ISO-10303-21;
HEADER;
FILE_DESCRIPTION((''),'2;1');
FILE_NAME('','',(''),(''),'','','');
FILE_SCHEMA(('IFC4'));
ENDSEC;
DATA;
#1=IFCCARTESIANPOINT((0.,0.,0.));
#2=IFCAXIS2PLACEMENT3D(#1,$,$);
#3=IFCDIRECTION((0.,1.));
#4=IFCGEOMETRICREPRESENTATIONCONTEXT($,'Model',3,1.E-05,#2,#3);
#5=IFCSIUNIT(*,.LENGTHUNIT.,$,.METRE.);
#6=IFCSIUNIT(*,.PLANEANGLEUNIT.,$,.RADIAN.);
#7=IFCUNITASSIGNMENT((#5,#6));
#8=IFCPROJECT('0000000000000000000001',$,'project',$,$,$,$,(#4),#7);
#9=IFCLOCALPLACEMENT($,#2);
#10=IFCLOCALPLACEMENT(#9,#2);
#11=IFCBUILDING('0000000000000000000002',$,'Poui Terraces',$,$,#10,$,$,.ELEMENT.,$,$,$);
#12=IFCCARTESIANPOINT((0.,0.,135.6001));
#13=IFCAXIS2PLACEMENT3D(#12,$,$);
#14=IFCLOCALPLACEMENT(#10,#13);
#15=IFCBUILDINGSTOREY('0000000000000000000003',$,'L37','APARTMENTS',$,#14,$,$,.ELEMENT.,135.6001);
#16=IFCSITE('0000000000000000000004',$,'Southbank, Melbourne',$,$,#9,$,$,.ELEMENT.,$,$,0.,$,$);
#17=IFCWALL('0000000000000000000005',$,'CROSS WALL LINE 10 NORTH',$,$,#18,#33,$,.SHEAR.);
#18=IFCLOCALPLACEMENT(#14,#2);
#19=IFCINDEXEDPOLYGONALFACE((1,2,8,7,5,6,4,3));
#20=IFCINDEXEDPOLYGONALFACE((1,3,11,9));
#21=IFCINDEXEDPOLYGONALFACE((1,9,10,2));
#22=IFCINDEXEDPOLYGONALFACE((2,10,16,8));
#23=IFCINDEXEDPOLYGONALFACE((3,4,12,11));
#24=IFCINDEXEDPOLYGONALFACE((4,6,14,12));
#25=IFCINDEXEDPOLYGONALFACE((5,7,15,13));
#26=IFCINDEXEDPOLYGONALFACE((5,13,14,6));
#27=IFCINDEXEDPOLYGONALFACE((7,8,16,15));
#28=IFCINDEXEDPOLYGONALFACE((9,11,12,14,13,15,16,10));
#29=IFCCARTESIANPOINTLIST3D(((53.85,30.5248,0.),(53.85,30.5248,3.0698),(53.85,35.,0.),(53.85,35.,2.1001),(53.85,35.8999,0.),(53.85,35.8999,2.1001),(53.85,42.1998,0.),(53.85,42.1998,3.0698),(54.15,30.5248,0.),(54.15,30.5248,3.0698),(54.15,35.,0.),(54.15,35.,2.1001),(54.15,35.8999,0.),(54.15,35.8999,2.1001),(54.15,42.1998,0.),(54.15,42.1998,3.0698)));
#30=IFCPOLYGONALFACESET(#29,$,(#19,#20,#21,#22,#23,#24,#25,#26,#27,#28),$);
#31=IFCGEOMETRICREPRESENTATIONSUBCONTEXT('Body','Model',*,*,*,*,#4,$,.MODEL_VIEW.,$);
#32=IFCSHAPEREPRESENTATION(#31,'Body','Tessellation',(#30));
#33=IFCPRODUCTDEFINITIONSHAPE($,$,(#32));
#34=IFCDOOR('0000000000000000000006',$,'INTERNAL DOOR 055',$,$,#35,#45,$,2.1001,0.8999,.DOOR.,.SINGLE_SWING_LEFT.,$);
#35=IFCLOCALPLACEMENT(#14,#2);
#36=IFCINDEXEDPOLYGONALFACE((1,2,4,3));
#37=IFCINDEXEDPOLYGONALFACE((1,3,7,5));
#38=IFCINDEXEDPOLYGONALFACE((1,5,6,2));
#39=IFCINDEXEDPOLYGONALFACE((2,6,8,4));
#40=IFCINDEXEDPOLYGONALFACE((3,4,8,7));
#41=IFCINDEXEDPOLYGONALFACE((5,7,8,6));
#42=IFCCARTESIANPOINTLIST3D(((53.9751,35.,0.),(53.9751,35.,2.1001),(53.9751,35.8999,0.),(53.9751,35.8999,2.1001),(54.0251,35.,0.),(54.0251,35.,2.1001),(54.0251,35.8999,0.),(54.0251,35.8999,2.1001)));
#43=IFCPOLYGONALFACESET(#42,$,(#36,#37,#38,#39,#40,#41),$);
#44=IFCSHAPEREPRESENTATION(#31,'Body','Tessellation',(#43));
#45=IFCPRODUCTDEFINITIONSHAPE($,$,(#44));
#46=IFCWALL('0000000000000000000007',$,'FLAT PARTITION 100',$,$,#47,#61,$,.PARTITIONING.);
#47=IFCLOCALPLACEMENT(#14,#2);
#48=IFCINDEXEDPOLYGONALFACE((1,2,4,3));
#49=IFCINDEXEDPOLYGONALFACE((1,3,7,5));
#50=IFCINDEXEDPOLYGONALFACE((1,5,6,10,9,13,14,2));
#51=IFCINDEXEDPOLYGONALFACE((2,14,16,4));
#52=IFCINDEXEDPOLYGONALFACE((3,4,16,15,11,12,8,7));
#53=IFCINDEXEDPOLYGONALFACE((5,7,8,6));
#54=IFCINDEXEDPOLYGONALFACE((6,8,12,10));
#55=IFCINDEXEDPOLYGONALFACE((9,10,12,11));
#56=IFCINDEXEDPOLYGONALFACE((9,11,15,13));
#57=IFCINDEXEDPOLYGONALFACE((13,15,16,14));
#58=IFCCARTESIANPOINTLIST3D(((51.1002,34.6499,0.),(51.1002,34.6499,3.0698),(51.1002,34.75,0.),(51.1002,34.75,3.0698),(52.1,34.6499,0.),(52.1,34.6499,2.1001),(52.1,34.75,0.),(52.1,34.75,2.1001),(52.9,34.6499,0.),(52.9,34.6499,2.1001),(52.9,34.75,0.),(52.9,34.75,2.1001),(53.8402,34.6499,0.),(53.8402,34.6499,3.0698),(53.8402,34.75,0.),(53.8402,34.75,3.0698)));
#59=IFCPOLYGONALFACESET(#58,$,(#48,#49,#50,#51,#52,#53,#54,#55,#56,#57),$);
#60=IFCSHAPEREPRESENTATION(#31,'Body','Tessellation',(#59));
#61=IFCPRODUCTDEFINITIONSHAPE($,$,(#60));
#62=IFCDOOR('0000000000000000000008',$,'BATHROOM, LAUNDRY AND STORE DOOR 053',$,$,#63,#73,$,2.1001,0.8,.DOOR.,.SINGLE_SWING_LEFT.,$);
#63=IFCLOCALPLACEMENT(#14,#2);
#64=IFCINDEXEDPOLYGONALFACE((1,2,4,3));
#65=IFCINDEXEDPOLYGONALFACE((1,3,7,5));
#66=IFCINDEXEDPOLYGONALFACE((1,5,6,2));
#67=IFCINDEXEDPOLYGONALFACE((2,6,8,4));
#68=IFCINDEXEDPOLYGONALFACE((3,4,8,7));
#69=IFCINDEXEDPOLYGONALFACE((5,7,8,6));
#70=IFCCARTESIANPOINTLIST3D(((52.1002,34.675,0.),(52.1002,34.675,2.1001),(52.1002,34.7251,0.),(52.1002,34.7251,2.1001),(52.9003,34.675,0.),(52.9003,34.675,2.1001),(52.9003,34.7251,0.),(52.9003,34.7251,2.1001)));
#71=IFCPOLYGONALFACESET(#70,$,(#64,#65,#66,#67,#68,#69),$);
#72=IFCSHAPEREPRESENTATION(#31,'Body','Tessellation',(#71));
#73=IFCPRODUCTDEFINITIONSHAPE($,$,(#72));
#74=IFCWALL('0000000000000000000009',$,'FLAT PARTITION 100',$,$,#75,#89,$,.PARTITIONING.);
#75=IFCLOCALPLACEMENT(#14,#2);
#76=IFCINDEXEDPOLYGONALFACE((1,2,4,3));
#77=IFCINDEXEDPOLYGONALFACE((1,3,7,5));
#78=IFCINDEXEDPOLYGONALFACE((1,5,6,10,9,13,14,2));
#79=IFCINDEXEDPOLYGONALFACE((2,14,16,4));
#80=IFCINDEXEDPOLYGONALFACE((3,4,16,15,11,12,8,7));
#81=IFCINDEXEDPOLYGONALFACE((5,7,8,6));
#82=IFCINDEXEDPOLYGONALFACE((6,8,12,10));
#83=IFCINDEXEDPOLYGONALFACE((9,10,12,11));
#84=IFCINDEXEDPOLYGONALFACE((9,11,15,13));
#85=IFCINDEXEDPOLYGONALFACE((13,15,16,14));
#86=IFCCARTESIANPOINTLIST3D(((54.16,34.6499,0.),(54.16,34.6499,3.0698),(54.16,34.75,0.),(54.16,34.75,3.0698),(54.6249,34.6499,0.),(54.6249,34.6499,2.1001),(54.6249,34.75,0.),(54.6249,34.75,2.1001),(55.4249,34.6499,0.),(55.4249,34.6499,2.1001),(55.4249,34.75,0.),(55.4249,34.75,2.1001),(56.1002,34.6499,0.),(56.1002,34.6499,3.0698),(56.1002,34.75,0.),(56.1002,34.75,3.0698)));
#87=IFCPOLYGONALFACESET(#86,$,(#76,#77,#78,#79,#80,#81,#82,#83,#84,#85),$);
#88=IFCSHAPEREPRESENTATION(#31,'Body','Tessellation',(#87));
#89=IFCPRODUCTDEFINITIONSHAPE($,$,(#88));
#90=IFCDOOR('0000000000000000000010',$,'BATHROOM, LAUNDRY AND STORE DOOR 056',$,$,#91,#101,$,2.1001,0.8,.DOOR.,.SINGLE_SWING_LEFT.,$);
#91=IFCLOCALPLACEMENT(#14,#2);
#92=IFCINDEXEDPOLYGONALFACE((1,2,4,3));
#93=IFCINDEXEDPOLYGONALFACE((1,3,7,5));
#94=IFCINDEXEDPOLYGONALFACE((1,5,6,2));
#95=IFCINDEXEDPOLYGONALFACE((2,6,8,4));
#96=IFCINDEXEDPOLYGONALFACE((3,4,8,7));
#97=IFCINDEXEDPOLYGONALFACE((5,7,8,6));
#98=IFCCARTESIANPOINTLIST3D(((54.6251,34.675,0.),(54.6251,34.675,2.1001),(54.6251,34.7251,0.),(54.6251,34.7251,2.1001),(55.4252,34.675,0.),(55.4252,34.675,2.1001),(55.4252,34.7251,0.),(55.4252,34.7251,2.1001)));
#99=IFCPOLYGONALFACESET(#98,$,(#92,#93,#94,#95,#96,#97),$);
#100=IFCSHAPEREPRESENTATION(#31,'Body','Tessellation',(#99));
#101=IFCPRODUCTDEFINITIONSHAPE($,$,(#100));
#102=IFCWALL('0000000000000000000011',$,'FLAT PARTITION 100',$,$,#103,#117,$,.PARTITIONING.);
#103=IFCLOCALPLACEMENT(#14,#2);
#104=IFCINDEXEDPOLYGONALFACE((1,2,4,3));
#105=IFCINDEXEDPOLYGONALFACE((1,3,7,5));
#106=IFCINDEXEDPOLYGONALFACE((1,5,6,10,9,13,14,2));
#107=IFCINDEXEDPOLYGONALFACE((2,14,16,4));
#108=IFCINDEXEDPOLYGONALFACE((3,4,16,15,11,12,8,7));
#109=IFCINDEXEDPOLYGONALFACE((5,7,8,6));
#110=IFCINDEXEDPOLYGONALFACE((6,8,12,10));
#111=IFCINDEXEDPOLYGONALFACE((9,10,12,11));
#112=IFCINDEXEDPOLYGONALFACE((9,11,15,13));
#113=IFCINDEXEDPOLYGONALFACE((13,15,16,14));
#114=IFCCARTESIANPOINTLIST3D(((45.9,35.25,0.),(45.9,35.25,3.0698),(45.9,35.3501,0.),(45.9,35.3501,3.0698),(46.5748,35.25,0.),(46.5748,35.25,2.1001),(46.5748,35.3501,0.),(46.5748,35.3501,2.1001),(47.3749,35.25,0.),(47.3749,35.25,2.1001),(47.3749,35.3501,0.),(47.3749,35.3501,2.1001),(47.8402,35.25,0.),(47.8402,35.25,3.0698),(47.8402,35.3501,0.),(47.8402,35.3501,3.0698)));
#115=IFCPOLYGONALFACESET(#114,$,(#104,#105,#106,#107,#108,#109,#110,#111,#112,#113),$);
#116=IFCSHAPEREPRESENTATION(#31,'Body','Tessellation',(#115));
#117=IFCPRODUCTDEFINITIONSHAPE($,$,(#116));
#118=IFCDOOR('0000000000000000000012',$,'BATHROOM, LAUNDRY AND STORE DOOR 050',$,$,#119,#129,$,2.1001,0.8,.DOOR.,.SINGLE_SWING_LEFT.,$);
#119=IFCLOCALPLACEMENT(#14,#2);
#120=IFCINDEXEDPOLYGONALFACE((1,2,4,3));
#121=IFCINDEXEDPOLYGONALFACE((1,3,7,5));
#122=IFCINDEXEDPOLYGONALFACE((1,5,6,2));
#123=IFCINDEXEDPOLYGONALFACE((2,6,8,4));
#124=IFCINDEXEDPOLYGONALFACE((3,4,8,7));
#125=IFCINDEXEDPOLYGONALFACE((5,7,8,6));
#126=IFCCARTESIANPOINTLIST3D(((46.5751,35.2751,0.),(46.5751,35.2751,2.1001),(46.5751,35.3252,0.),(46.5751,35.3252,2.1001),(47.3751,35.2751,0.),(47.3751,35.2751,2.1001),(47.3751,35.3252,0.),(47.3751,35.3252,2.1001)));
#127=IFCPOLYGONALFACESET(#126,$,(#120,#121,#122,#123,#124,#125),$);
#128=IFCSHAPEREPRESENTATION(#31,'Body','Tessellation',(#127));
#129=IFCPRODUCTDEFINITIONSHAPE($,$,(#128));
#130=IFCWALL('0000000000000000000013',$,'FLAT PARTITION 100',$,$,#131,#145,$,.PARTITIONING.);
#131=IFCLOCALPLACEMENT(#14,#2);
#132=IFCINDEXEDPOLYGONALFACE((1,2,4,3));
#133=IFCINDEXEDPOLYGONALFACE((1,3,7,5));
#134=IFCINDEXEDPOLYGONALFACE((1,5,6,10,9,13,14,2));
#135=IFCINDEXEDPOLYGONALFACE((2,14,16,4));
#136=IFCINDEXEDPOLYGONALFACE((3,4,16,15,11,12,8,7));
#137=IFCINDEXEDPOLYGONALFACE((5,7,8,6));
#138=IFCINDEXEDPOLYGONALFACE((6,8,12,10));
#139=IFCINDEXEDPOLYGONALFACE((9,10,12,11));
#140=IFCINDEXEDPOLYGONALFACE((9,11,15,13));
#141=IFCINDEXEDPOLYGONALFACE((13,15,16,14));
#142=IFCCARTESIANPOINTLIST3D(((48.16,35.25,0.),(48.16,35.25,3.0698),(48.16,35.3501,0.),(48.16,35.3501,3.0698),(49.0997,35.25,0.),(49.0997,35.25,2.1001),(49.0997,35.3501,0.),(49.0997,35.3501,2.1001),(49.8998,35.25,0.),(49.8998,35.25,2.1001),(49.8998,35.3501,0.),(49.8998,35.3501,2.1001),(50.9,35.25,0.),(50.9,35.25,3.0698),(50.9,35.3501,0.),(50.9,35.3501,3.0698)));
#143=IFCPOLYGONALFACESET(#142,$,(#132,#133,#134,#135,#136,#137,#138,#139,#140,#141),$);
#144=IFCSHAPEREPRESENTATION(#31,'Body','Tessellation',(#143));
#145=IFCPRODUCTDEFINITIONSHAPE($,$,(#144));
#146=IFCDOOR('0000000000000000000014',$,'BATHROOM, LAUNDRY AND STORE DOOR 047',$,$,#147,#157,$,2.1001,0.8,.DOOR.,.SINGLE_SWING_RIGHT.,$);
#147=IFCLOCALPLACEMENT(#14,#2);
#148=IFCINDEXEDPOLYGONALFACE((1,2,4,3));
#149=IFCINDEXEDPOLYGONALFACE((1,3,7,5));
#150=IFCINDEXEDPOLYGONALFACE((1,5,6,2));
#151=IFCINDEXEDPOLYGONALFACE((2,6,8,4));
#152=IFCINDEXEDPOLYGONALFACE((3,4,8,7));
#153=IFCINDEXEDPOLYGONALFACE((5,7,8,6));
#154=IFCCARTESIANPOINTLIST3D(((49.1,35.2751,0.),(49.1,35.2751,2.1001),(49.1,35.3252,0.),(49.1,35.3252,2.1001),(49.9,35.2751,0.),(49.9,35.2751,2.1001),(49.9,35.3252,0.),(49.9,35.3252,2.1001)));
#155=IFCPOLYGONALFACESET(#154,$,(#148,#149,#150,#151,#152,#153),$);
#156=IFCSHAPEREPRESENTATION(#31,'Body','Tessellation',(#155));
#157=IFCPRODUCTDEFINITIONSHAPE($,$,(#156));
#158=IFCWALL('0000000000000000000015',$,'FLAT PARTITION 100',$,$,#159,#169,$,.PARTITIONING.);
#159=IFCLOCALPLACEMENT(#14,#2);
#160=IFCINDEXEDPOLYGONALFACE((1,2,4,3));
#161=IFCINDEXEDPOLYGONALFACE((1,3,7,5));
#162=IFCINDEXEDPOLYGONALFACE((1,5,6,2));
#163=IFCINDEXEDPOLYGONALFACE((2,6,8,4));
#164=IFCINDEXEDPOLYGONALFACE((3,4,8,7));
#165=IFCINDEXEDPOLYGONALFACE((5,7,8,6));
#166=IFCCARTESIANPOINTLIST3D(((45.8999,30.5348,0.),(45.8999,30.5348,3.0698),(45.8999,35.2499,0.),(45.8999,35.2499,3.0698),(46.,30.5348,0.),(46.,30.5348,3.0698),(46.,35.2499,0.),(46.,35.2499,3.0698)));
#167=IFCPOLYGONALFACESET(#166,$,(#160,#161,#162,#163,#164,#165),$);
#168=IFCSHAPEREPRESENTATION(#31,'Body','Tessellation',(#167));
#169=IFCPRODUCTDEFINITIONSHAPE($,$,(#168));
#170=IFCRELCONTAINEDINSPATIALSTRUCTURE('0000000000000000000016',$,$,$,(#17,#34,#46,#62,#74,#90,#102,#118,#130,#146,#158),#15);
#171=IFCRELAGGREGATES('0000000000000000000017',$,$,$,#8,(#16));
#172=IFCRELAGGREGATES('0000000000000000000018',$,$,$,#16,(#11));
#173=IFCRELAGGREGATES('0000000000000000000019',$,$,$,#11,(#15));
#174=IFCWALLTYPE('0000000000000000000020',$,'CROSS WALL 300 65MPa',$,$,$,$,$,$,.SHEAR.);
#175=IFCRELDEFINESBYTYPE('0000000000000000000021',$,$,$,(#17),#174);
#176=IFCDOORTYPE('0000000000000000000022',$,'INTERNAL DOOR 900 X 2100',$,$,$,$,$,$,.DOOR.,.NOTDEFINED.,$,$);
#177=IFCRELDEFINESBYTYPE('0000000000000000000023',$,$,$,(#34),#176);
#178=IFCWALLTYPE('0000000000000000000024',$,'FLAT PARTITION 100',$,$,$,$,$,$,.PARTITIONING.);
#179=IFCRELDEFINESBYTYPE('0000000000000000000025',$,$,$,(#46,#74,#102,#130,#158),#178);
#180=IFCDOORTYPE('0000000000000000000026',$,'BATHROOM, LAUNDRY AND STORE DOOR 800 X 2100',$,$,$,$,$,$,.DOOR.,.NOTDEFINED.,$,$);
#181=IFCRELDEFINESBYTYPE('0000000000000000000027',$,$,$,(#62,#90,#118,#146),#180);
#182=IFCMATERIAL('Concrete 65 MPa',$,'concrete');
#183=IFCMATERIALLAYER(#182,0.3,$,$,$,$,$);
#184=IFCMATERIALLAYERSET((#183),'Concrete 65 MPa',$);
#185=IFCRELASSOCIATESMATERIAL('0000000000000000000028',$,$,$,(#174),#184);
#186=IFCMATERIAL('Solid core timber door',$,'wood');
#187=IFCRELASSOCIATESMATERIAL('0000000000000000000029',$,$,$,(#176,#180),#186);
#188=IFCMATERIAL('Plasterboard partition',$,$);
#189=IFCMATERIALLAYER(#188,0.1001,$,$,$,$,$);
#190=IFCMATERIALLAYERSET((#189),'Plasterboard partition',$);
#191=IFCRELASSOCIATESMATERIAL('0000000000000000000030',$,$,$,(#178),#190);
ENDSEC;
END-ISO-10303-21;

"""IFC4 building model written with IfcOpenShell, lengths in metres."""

from ifc_helpers import new_model, si_unit, direction, frame, frame_2d, origin, place, context, subcontext, project, spatial, rectangle, extrude, material, layer, layer_set, type_object, element, fill, save


model = new_model("IFC4")

# Units and contexts
model_context = context("Model", 3, precision=1e-05, world=origin(), true_north=direction((0.0, 1.0)))
body_context = subcontext(model_context, "Body", "Model", "MODEL_VIEW")
ifc_project = project(units=[si_unit("LENGTHUNIT", "METRE"), si_unit("PLANEANGLEUNIT", "RADIAN")], contexts=[model_context])

# Site, building, storey
site_placement = place(None, origin())
site = spatial("IfcSite", under=ifc_project, at=site_placement, Name="Southbank, Melbourne", CompositionType="ELEMENT", RefElevation=0.0)
building_placement = place(site_placement, origin())
building = spatial("IfcBuilding", under=site, at=building_placement, Name="Poui Terraces", CompositionType="ELEMENT")
storey_placement = place(building_placement, frame((0.0, 0.0, 135.6001)))
storey = spatial("IfcBuildingStorey", under=building, at=storey_placement, Name="L37", Description="APARTMENTS", CompositionType="ELEMENT", Elevation=135.6001)

# Walls, openings, doors
ifc_material_1 = material(Name="Concrete 65 MPa", Category="concrete")
ifc_layer_1 = layer(ifc_material_1, 0.3)
ifc_layer_set_1 = layer_set([ifc_layer_1], Name="Concrete 65 MPa")
wall_type_1 = type_object("IfcWallType", Name="CROSS WALL 300 65MPa", PredefinedType="SHEAR", material=ifc_layer_set_1)
wall_1_placement = place(storey_placement, frame((54.0, 30.5249, 0.0), z_axis=(0.0, 0.0, 1.0), x_axis=(0.0, 1.0, 0.0)))
wall_1 = element("IfcWall", 1, at=wall_1_placement, inside=storey, type_object=wall_type_1, Name="CROSS WALL LINE 10 NORTH", PredefinedType="SHEAR", context=body_context, shape_type="SweptSolid", body=[
    extrude(rectangle(XDim=11.675, YDim=0.3, at=frame_2d((5.8374, 0.0))), origin(), (0.0, 0.0, 1.0), 3.0698),
])
opening_1_placement = place(wall_1_placement, frame((4.4751, 0.0, 0.0)))
opening_1 = element("IfcOpeningElement", 2, at=opening_1_placement, cuts=wall_1, PredefinedType="OPENING", context=body_context, shape_type="SweptSolid", body=[
    extrude(rectangle(XDim=0.8999, YDim=2.1001, at=frame_2d((0.45, 1.05))), frame((0.0, 0.1602, 0.0), z_axis=(0.0, -1.0, 0.0), x_axis=(1.0, 0.0, 0.0)), (0.0, 0.0, 1.0), 0.3201),
])
ifc_material_2 = material(Name="Solid core timber door", Category="wood")
door_type_1 = type_object("IfcDoorType", Name="INTERNAL DOOR 900 X 2100", OperationType="NOTDEFINED", PredefinedType="DOOR", material=ifc_material_2)
door_1_placement = place(opening_1_placement, origin())
door_1 = element("IfcDoor", 3, at=door_1_placement, inside=storey, type_object=door_type_1, Name="INTERNAL DOOR 055", OperationType="SINGLE_SWING_LEFT", OverallHeight=2.1001, OverallWidth=0.8999, PredefinedType="DOOR", context=body_context, shape_type="SweptSolid", body=[
    extrude(rectangle(XDim=0.8999, YDim=2.1001, at=frame_2d((0.45, 1.05))), frame((0.0, 0.0249, 0.0), z_axis=(0.0, -1.0, 0.0), x_axis=(1.0, 0.0, 0.0)), (0.0, 0.0, 1.0), 0.05),
])
fill(opening_1, door_1)
ifc_material_3 = material(Name="Plasterboard partition")
ifc_layer_2 = layer(ifc_material_3, 0.1001)
ifc_layer_set_2 = layer_set([ifc_layer_2], Name="Plasterboard partition")
wall_type_2 = type_object("IfcWallType", Name="FLAT PARTITION 100", PredefinedType="PARTITIONING", material=ifc_layer_set_2)
wall_2_placement = place(storey_placement, frame((51.1001, 34.7, 0.0), z_axis=(0.0, 0.0, 1.0), x_axis=(1.0, 0.0, 0.0)))
wall_2 = element("IfcWall", 4, at=wall_2_placement, inside=storey, type_object=wall_type_2, Name="FLAT PARTITION 100", PredefinedType="PARTITIONING", context=body_context, shape_type="SweptSolid", body=[
    extrude(rectangle(XDim=2.74, YDim=0.1001, at=frame_2d((1.3701, 0.0))), origin(), (0.0, 0.0, 1.0), 3.0698),
])
opening_2_placement = place(wall_2_placement, frame((1.0, 0.0, 0.0)))
opening_2 = element("IfcOpeningElement", 5, at=opening_2_placement, cuts=wall_2, PredefinedType="OPENING", context=body_context, shape_type="SweptSolid", body=[
    extrude(rectangle(XDim=0.8, YDim=2.1001, at=frame_2d((0.3999, 1.05))), frame((0.0, 0.0601, 0.0), z_axis=(0.0, -1.0, 0.0), x_axis=(1.0, 0.0, 0.0)), (0.0, 0.0, 1.0), 0.1201),
])
door_type_2 = type_object("IfcDoorType", Name="BATHROOM, LAUNDRY AND STORE DOOR 800 X 2100", OperationType="NOTDEFINED", PredefinedType="DOOR", material=ifc_material_2)
door_2_placement = place(opening_2_placement, frame((0.8, 0.0, 0.0), z_axis=(0.0, 0.0, 1.0), x_axis=(-1.0, 0.0, 0.0)))
door_2 = element("IfcDoor", 6, at=door_2_placement, inside=storey, type_object=door_type_2, Name="BATHROOM, LAUNDRY AND STORE DOOR 053", OperationType="SINGLE_SWING_LEFT", OverallHeight=2.1001, OverallWidth=0.8, PredefinedType="DOOR", context=body_context, shape_type="SweptSolid", body=[
    extrude(rectangle(XDim=0.8, YDim=2.1001, at=frame_2d((0.3999, 1.05))), frame((0.0, 0.0249, 0.0), z_axis=(0.0, -1.0, 0.0), x_axis=(1.0, 0.0, 0.0)), (0.0, 0.0, 1.0), 0.05),
])
fill(opening_2, door_2)
wall_3_placement = place(storey_placement, frame((54.1599, 34.7, 0.0), z_axis=(0.0, 0.0, 1.0), x_axis=(1.0, 0.0, 0.0)))
wall_3 = element("IfcWall", 7, at=wall_3_placement, inside=storey, type_object=wall_type_2, Name="FLAT PARTITION 100", PredefinedType="PARTITIONING", context=body_context, shape_type="SweptSolid", body=[
    extrude(rectangle(XDim=1.9402, YDim=0.1001, at=frame_2d((0.9702, 0.0))), origin(), (0.0, 0.0, 1.0), 3.0698),
])
opening_3_placement = place(wall_3_placement, frame((0.4651, 0.0, 0.0)))
opening_3 = element("IfcOpeningElement", 8, at=opening_3_placement, cuts=wall_3, PredefinedType="OPENING", context=body_context, shape_type="SweptSolid", body=[
    extrude(rectangle(XDim=0.8, YDim=2.1001, at=frame_2d((0.3999, 1.05))), frame((0.0, 0.0601, 0.0), z_axis=(0.0, -1.0, 0.0), x_axis=(1.0, 0.0, 0.0)), (0.0, 0.0, 1.0), 0.1201),
])
door_3_placement = place(opening_3_placement, frame((0.8, 0.0, 0.0), z_axis=(0.0, 0.0, 1.0), x_axis=(-1.0, 0.0, 0.0)))
door_3 = element("IfcDoor", 9, at=door_3_placement, inside=storey, type_object=door_type_2, Name="BATHROOM, LAUNDRY AND STORE DOOR 056", OperationType="SINGLE_SWING_LEFT", OverallHeight=2.1001, OverallWidth=0.8, PredefinedType="DOOR", context=body_context, shape_type="SweptSolid", body=[
    extrude(rectangle(XDim=0.8, YDim=2.1001, at=frame_2d((0.3999, 1.05))), frame((0.0, 0.0249, 0.0), z_axis=(0.0, -1.0, 0.0), x_axis=(1.0, 0.0, 0.0)), (0.0, 0.0, 1.0), 0.05),
])
fill(opening_3, door_3)
wall_4_placement = place(storey_placement, frame((45.8999, 35.3, 0.0), z_axis=(0.0, 0.0, 1.0), x_axis=(1.0, 0.0, 0.0)))
wall_4 = element("IfcWall", 10, at=wall_4_placement, inside=storey, type_object=wall_type_2, Name="FLAT PARTITION 100", PredefinedType="PARTITIONING", context=body_context, shape_type="SweptSolid", body=[
    extrude(rectangle(XDim=1.9402, YDim=0.1001, at=frame_2d((0.9702, 0.0))), origin(), (0.0, 0.0, 1.0), 3.0698),
])
opening_4_placement = place(wall_4_placement, frame((0.675, 0.0, 0.0)))
opening_4 = element("IfcOpeningElement", 11, at=opening_4_placement, cuts=wall_4, PredefinedType="OPENING", context=body_context, shape_type="SweptSolid", body=[
    extrude(rectangle(XDim=0.8, YDim=2.1001, at=frame_2d((0.3999, 1.05))), frame((0.0, 0.0601, 0.0), z_axis=(0.0, -1.0, 0.0), x_axis=(1.0, 0.0, 0.0)), (0.0, 0.0, 1.0), 0.1201),
])
door_4_placement = place(opening_4_placement, frame((0.8, 0.0, 0.0), z_axis=(0.0, 0.0, 1.0), x_axis=(-1.0, 0.0, 0.0)))
door_4 = element("IfcDoor", 12, at=door_4_placement, inside=storey, type_object=door_type_2, Name="BATHROOM, LAUNDRY AND STORE DOOR 050", OperationType="SINGLE_SWING_LEFT", OverallHeight=2.1001, OverallWidth=0.8, PredefinedType="DOOR", context=body_context, shape_type="SweptSolid", body=[
    extrude(rectangle(XDim=0.8, YDim=2.1001, at=frame_2d((0.3999, 1.05))), frame((0.0, 0.0249, 0.0), z_axis=(0.0, -1.0, 0.0), x_axis=(1.0, 0.0, 0.0)), (0.0, 0.0, 1.0), 0.05),
])
fill(opening_4, door_4)
wall_5_placement = place(storey_placement, frame((48.1599, 35.3, 0.0), z_axis=(0.0, 0.0, 1.0), x_axis=(1.0, 0.0, 0.0)))
wall_5 = element("IfcWall", 13, at=wall_5_placement, inside=storey, type_object=wall_type_2, Name="FLAT PARTITION 100", PredefinedType="PARTITIONING", context=body_context, shape_type="SweptSolid", body=[
    extrude(rectangle(XDim=2.74, YDim=0.1001, at=frame_2d((1.3701, 0.0))), origin(), (0.0, 0.0, 1.0), 3.0698),
])
opening_5_placement = place(wall_5_placement, frame((0.9399, 0.0, 0.0)))
opening_5 = element("IfcOpeningElement", 14, at=opening_5_placement, cuts=wall_5, PredefinedType="OPENING", context=body_context, shape_type="SweptSolid", body=[
    extrude(rectangle(XDim=0.8, YDim=2.1001, at=frame_2d((0.3999, 1.05))), frame((0.0, 0.0601, 0.0), z_axis=(0.0, -1.0, 0.0), x_axis=(1.0, 0.0, 0.0)), (0.0, 0.0, 1.0), 0.1201),
])
door_5_placement = place(opening_5_placement, frame((0.8, 0.0, 0.0), z_axis=(0.0, 0.0, 1.0), x_axis=(-1.0, 0.0, 0.0)))
door_5 = element("IfcDoor", 15, at=door_5_placement, inside=storey, type_object=door_type_2, Name="BATHROOM, LAUNDRY AND STORE DOOR 047", OperationType="SINGLE_SWING_RIGHT", OverallHeight=2.1001, OverallWidth=0.8, PredefinedType="DOOR", context=body_context, shape_type="SweptSolid", body=[
    extrude(rectangle(XDim=0.8, YDim=2.1001, at=frame_2d((0.3999, 1.05))), frame((0.0, 0.0249, 0.0), z_axis=(0.0, -1.0, 0.0), x_axis=(1.0, 0.0, 0.0)), (0.0, 0.0, 1.0), 0.05),
])
fill(opening_5, door_5)

# Wall
wall_6_placement = place(storey_placement, frame((45.95, 30.5349, 0.0), z_axis=(0.0, 0.0, 1.0), x_axis=(0.0, 1.0, 0.0)))
element("IfcWall", 16, at=wall_6_placement, inside=storey, type_object=wall_type_2, Name="FLAT PARTITION 100", PredefinedType="PARTITIONING", context=body_context, shape_type="SweptSolid", body=[
    extrude(rectangle(XDim=4.7151, YDim=0.1001, at=frame_2d((2.3574, 0.0))), origin(), (0.0, 0.0, 1.0), 3.0698),
])

save(model, "model.ifc")
